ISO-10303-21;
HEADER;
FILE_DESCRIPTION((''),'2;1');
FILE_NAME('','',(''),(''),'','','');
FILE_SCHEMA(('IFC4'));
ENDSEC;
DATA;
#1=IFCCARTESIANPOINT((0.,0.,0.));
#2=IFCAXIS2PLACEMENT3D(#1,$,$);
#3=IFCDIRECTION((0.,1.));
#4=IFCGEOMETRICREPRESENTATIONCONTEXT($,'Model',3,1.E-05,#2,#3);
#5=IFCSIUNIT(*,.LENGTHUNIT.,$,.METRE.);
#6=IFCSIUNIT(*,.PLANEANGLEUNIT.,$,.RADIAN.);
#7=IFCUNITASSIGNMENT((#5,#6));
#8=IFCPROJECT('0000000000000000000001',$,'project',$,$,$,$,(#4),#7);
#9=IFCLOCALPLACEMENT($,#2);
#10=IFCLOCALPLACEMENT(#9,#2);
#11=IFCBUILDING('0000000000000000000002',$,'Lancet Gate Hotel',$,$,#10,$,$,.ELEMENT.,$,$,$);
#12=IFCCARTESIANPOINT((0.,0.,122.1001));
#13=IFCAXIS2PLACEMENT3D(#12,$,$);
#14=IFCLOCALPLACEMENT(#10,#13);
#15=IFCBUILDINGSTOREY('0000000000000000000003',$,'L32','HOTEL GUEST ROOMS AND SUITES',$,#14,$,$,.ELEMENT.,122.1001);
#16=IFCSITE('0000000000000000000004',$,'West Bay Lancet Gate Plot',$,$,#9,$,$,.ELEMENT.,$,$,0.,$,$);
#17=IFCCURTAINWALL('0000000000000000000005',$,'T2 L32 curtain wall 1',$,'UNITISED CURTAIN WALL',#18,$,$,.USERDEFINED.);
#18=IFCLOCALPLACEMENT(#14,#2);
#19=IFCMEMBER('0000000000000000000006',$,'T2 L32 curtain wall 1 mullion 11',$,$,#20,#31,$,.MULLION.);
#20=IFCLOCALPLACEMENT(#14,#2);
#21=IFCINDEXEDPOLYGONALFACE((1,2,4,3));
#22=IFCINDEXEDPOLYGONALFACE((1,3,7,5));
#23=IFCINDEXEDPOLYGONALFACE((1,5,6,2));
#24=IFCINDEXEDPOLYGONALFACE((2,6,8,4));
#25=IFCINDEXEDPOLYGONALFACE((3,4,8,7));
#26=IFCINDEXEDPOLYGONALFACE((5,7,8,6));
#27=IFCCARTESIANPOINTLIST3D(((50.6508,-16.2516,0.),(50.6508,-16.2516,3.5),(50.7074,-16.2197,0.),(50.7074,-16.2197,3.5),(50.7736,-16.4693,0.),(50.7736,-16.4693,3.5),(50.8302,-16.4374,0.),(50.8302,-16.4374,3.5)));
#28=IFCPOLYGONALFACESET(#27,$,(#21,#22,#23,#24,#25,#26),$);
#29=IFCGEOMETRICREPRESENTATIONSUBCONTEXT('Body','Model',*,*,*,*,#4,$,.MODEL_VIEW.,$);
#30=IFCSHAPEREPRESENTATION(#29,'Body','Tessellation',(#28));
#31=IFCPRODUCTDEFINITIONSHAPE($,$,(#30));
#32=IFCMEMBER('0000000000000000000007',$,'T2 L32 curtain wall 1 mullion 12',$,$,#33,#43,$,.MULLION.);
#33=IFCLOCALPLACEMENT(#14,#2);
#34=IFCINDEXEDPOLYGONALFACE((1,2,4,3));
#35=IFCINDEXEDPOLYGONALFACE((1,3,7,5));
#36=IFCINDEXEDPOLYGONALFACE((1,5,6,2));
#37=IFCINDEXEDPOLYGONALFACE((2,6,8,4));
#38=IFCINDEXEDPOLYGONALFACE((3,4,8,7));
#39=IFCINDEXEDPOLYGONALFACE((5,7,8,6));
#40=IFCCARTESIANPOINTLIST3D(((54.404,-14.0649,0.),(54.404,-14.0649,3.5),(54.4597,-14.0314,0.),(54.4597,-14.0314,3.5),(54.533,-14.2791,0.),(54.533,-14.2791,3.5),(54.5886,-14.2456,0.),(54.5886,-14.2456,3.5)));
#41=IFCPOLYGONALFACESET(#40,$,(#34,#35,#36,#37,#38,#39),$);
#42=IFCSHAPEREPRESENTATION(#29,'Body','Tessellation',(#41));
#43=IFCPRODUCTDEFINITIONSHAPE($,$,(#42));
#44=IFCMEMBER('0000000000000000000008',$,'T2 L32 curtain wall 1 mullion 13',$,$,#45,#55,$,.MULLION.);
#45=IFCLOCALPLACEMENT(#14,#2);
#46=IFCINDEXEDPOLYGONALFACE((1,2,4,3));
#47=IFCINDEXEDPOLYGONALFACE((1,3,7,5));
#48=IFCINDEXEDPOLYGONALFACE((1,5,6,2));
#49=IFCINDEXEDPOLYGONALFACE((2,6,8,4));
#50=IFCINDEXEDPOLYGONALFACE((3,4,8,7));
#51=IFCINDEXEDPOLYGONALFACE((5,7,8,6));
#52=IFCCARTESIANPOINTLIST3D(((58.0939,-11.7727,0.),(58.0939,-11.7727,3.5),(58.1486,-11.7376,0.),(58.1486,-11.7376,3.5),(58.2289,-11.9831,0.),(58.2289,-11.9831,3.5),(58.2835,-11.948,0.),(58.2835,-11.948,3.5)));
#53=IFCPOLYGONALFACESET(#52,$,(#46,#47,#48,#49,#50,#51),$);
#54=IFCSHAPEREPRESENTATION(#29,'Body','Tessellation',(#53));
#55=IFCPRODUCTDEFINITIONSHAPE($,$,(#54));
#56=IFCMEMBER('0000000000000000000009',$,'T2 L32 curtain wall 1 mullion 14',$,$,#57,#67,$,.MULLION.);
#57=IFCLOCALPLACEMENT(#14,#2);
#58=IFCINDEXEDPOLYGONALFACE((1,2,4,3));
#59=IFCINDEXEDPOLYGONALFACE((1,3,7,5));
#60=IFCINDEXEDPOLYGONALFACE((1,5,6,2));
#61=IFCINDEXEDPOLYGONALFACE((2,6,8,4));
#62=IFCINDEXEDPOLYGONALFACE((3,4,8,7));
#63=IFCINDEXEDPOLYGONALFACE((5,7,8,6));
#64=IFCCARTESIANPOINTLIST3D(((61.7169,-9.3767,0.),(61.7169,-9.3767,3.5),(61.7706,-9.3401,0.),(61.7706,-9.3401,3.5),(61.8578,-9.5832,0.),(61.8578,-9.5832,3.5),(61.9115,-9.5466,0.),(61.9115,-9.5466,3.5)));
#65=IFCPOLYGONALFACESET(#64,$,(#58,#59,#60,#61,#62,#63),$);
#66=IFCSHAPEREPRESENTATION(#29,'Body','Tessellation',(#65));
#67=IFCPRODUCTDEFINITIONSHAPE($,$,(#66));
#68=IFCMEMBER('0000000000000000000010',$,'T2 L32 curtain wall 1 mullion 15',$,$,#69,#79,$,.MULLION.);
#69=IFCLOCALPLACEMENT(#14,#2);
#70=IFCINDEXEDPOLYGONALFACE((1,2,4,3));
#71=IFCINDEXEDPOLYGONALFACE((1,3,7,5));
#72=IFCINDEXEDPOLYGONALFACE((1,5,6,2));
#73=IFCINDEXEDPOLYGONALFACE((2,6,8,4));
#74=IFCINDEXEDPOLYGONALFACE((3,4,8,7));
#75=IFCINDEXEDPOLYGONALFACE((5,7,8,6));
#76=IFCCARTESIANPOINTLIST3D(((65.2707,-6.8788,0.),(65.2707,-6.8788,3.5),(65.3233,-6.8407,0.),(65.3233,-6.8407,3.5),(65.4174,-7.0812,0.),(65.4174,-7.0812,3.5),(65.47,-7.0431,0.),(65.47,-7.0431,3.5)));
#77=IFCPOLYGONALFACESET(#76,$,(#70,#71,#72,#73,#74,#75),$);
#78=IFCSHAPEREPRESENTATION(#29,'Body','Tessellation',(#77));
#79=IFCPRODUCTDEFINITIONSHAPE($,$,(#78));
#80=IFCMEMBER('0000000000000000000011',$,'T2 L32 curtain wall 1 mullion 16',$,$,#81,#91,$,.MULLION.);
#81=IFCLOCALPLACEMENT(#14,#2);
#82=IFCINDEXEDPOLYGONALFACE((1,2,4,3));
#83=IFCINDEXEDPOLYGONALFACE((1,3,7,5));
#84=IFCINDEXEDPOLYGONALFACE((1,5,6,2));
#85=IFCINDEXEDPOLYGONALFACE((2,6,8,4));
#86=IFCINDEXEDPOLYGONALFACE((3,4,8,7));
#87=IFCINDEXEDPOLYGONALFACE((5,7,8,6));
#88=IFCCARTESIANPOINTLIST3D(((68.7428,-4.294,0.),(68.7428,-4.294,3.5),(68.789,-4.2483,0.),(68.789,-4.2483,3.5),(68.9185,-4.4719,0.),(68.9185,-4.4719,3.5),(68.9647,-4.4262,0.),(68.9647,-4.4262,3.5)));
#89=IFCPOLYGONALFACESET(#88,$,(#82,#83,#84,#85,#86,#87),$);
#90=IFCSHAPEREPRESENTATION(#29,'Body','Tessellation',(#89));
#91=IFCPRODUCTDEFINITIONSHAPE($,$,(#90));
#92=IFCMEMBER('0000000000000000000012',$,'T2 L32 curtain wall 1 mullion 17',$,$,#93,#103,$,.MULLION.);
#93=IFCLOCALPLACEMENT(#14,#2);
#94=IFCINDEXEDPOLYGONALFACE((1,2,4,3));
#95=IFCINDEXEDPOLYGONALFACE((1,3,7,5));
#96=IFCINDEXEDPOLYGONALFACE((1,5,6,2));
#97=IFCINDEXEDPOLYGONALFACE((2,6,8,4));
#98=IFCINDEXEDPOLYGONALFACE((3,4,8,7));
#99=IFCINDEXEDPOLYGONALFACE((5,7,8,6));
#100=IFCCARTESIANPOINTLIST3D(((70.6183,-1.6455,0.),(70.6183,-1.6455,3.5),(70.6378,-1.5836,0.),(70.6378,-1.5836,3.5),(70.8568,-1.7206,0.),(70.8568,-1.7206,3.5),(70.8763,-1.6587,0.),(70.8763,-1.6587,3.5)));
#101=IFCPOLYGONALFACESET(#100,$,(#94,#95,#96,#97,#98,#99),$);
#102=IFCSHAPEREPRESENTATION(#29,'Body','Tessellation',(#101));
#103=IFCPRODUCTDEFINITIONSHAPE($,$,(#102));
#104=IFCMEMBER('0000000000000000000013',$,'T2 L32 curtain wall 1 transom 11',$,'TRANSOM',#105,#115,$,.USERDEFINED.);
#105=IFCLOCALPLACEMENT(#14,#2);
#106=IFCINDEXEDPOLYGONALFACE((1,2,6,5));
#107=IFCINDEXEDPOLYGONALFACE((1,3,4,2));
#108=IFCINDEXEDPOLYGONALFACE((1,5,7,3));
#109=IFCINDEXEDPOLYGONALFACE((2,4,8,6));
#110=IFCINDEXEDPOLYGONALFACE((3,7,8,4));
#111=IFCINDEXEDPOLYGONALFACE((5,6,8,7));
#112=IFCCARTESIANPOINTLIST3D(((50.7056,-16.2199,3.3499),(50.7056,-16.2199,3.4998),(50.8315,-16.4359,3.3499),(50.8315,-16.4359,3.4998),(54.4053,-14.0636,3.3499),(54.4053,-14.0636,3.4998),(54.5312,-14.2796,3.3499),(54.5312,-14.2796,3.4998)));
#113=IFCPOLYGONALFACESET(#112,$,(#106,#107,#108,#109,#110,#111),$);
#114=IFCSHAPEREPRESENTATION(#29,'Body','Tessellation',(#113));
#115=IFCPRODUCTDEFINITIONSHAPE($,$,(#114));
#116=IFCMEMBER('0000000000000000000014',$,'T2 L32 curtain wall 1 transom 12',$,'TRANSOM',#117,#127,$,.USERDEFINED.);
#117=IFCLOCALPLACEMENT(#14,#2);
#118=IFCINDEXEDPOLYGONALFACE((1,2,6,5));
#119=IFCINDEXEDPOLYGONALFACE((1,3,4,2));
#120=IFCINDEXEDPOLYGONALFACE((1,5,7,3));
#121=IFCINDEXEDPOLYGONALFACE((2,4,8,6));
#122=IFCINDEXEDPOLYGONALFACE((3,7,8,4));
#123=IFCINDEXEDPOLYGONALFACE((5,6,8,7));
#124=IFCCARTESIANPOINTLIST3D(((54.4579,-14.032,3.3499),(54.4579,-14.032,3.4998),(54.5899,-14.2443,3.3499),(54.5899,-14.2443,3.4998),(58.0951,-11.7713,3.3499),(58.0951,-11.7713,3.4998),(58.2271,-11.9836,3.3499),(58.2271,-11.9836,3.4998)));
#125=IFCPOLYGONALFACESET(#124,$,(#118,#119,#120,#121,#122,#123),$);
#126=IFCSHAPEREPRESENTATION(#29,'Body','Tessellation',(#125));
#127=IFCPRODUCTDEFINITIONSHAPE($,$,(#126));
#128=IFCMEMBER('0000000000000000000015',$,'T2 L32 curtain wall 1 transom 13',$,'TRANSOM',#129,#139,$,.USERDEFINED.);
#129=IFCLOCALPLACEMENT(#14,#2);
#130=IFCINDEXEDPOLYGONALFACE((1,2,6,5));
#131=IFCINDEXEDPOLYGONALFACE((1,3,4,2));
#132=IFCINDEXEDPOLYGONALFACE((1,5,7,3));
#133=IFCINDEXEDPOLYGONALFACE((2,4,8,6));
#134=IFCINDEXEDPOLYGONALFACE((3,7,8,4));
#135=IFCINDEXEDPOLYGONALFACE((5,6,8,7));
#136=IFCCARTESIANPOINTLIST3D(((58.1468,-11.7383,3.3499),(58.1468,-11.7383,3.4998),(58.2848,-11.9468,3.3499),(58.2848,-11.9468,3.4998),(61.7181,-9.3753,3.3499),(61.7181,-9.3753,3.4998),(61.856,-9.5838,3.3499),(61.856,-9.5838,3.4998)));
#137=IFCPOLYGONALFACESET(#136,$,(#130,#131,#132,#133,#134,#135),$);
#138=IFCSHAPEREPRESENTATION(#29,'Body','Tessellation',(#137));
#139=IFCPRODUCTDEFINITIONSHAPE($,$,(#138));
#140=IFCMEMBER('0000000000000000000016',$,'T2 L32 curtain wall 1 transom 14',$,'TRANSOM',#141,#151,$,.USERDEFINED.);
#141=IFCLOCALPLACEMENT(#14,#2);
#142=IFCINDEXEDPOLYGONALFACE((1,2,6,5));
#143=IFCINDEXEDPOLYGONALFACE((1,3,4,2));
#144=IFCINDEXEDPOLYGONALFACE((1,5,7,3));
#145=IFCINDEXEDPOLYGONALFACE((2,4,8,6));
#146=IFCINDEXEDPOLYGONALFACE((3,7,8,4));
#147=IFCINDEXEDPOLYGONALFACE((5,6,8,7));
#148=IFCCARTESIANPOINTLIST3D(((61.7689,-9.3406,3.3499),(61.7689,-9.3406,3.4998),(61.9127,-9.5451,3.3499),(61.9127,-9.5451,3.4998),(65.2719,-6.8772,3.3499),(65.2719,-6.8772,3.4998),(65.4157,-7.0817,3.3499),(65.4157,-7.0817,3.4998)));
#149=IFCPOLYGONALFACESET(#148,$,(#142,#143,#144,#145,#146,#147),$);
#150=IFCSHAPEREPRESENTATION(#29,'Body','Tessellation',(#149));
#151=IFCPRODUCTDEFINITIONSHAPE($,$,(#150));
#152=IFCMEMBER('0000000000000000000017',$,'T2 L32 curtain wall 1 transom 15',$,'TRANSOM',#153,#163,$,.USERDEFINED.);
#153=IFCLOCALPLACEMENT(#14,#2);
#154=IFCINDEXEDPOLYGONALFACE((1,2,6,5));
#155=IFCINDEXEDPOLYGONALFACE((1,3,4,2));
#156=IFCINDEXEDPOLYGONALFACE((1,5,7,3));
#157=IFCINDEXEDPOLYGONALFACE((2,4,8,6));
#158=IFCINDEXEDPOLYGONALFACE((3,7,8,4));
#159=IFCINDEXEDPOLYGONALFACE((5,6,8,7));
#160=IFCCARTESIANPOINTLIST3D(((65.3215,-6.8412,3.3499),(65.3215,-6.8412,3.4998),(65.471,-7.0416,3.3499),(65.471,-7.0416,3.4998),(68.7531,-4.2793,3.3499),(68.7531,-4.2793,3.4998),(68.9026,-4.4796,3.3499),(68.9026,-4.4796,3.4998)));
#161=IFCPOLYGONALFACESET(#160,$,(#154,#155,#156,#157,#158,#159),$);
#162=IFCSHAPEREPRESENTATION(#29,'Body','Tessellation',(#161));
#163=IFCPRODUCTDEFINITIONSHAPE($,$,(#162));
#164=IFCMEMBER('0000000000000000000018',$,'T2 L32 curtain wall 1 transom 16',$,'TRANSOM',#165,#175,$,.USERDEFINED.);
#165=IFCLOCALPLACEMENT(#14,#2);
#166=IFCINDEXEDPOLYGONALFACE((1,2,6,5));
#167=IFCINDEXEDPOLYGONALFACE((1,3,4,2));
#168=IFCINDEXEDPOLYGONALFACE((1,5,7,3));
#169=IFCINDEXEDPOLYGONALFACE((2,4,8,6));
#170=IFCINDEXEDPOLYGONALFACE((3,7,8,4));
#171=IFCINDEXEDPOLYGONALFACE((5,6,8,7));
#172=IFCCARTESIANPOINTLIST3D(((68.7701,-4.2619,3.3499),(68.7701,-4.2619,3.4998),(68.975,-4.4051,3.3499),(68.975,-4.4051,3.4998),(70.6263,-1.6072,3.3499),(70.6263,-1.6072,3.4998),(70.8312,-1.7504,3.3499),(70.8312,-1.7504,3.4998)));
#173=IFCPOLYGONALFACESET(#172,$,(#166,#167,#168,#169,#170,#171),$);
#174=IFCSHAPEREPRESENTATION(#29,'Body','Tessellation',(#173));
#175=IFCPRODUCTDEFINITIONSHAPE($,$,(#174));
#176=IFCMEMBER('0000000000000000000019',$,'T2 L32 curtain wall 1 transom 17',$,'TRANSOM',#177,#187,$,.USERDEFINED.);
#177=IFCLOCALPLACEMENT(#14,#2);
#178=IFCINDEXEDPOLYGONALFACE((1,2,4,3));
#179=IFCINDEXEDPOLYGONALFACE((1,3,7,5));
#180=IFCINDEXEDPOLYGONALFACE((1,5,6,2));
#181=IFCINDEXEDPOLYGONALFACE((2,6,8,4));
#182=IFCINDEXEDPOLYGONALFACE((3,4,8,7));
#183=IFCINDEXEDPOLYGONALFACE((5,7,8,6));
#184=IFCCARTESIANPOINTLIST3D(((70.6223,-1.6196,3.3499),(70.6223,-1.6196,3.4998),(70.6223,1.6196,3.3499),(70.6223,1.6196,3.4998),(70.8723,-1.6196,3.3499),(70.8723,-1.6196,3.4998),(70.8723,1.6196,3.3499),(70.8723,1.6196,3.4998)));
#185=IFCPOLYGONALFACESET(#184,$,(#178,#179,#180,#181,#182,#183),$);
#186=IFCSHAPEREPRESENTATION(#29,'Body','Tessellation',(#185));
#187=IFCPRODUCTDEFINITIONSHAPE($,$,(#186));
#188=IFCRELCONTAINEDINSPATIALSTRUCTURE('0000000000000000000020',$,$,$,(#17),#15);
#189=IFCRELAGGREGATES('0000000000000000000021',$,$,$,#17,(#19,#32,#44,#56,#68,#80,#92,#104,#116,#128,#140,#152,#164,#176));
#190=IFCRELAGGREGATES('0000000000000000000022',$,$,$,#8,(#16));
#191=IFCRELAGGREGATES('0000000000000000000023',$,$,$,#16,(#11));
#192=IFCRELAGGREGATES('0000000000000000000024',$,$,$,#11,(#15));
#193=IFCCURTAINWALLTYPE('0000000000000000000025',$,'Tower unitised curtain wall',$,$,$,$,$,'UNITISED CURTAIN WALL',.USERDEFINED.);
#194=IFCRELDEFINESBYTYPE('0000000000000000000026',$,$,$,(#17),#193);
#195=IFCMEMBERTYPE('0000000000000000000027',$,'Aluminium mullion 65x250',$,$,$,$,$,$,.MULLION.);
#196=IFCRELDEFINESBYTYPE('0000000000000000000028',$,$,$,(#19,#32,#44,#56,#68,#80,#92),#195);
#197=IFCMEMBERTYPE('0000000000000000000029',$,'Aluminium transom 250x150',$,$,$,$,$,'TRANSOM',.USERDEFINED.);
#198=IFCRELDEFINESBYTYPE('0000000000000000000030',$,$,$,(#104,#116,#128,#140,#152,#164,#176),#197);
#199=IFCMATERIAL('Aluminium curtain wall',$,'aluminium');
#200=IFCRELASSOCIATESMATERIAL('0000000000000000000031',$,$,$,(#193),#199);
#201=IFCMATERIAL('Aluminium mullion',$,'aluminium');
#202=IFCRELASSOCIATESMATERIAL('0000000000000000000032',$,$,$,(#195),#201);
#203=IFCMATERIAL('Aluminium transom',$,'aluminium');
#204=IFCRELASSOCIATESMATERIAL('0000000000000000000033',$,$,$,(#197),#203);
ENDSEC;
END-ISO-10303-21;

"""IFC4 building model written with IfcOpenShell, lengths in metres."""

from ifc_helpers import new_model, si_unit, direction, frame, origin, origin_2d, place, context, subcontext, project, spatial, rectangle, extrude, material, material_profile, profile_set, type_object, element, aggregate, save


model = new_model("IFC4")

# Units and contexts
model_context = context("Model", 3, precision=1e-05, world=origin(), true_north=direction((0.0, 1.0)))
body_context = subcontext(model_context, "Body", "Model", "MODEL_VIEW")
ifc_project = project(units=[si_unit("LENGTHUNIT", "METRE"), si_unit("PLANEANGLEUNIT", "RADIAN")], contexts=[model_context])

# Site, building, storey
site_placement = place(None, origin())
site = spatial("IfcSite", under=ifc_project, at=site_placement, Name="West Bay Lancet Gate Plot", CompositionType="ELEMENT", RefElevation=0.0)
building_placement = place(site_placement, origin())
building = spatial("IfcBuilding", under=site, at=building_placement, Name="Lancet Gate Hotel", CompositionType="ELEMENT")
storey_placement = place(building_placement, frame((0.0, 0.0, 122.1001)))
storey = spatial("IfcBuildingStorey", under=building, at=storey_placement, Name="L32", Description="HOTEL GUEST ROOMS AND SUITES", CompositionType="ELEMENT", Elevation=122.1001)

# Curtain wall, members
ifc_material_1 = material(Name="Aluminium curtain wall", Category="aluminium")
curtain_wall_type = type_object("IfcCurtainWallType", Name="Tower unitised curtain wall", ElementType="UNITISED CURTAIN WALL", PredefinedType="USERDEFINED", material=ifc_material_1)
curtain_wall_placement = place(storey_placement, origin())
curtain_wall = element("IfcCurtainWall", 1, at=curtain_wall_placement, inside=storey, type_object=curtain_wall_type, Name="T2 L32 curtain wall 1", ObjectType="UNITISED CURTAIN WALL", PredefinedType="USERDEFINED")
ifc_material_2 = material(Name="Aluminium mullion", Category="aluminium")
ifc_material_profile_1 = material_profile(ifc_material_2, rectangle(XDim=0.0649, YDim=0.25, at=origin_2d()), Name="MULLION 65x250")
ifc_profile_set_1 = profile_set([ifc_material_profile_1], Name="Aluminium mullion")
member_type_1 = type_object("IfcMemberType", Name="Aluminium mullion 65x250", PredefinedType="MULLION", material=ifc_profile_set_1)
member_1_placement = place(storey_placement, frame((50.7405, -16.3445, 0.0), z_axis=(0.0, 0.0, 1.0), x_axis=(0.871029, 0.491232, 0.0)))
member_1 = element("IfcMember", 2, at=member_1_placement, type_object=member_type_1, Name="T2 L32 curtain wall 1 mullion 11", PredefinedType="MULLION", context=body_context, shape_type="SweptSolid", body=[
    extrude(rectangle(XDim=0.0649, YDim=0.25, at=origin_2d()), origin(), (0.0, 0.0, 1.0), 3.5),
])
member_2_placement = place(storey_placement, frame((54.4963, -14.1553, 0.0), z_axis=(0.0, 0.0, 1.0), x_axis=(0.856728, 0.515768, 0.0)))
member_2 = element("IfcMember", 3, at=member_2_placement, type_object=member_type_1, Name="T2 L32 curtain wall 1 mullion 12", PredefinedType="MULLION", context=body_context, shape_type="SweptSolid", body=[
    extrude(rectangle(XDim=0.0649, YDim=0.25, at=origin_2d()), origin(), (0.0, 0.0, 1.0), 3.5),
])
member_3_placement = place(storey_placement, frame((58.1887, -11.8604, 0.0), z_axis=(0.0, 0.0, 1.0), x_axis=(0.841736, 0.539889, 0.0)))
member_3 = element("IfcMember", 4, at=member_3_placement, type_object=member_type_1, Name="T2 L32 curtain wall 1 mullion 13", PredefinedType="MULLION", context=body_context, shape_type="SweptSolid", body=[
    extrude(rectangle(XDim=0.0649, YDim=0.25, at=origin_2d()), origin(), (0.0, 0.0, 1.0), 3.5),
])
member_4_placement = place(storey_placement, frame((61.8142, -9.4617, 0.0), z_axis=(0.0, 0.0, 1.0), x_axis=(0.826066, 0.563574, 0.0)))
member_4 = element("IfcMember", 5, at=member_4_placement, type_object=member_type_1, Name="T2 L32 curtain wall 1 mullion 14", PredefinedType="MULLION", context=body_context, shape_type="SweptSolid", body=[
    extrude(rectangle(XDim=0.0649, YDim=0.25, at=origin_2d()), origin(), (0.0, 0.0, 1.0), 3.5),
])
member_5_placement = place(storey_placement, frame((65.3704, -6.9609, 0.0), z_axis=(0.0, 0.0, 1.0), x_axis=(0.809729, 0.586805, 0.0)))
member_5 = element("IfcMember", 6, at=member_5_placement, type_object=member_type_1, Name="T2 L32 curtain wall 1 mullion 15", PredefinedType="MULLION", context=body_context, shape_type="SweptSolid", body=[
    extrude(rectangle(XDim=0.0649, YDim=0.25, at=origin_2d()), origin(), (0.0, 0.0, 1.0), 3.5),
])
member_6_placement = place(storey_placement, frame((68.8538, -4.3601, 0.0), z_axis=(0.0, 0.0, 1.0), x_axis=(0.71161, 0.702574, 0.0)))
member_6 = element("IfcMember", 7, at=member_6_placement, type_object=member_type_1, Name="T2 L32 curtain wall 1 mullion 16", PredefinedType="MULLION", context=body_context, shape_type="SweptSolid", body=[
    extrude(rectangle(XDim=0.0649, YDim=0.25, at=origin_2d()), origin(), (0.0, 0.0, 1.0), 3.5),
])
member_7_placement = place(storey_placement, frame((70.7473, -1.6521, 0.0), z_axis=(0.0, 0.0, 1.0), x_axis=(0.300385, 0.953818, 0.0)))
member_7 = element("IfcMember", 8, at=member_7_placement, type_object=member_type_1, Name="T2 L32 curtain wall 1 mullion 17", PredefinedType="MULLION", context=body_context, shape_type="SweptSolid", body=[
    extrude(rectangle(XDim=0.0649, YDim=0.25, at=origin_2d()), origin(), (0.0, 0.0, 1.0), 3.5),
])
ifc_material_3 = material(Name="Aluminium transom", Category="aluminium")
ifc_material_profile_2 = material_profile(ifc_material_3, rectangle(XDim=0.25, YDim=0.1499, at=origin_2d()), Name="TRANSOM 250x150")
ifc_profile_set_2 = profile_set([ifc_material_profile_2], Name="Aluminium transom")
member_type_2 = type_object("IfcMemberType", Name="Aluminium transom 250x150", ElementType="TRANSOM", PredefinedType="USERDEFINED", material=ifc_profile_set_2)
member_8_placement = place(storey_placement, frame((50.7686, -16.3279, 3.4248), z_axis=(0.863973, 0.503538, 0.0), x_axis=(-0.503538, 0.863973, 0.0)))
member_8 = element("IfcMember", 9, at=member_8_placement, type_object=member_type_2, Name="T2 L32 curtain wall 1 transom 11", ObjectType="TRANSOM", PredefinedType="USERDEFINED", context=body_context, shape_type="SweptSolid", body=[
    extrude(rectangle(XDim=0.25, YDim=0.1499, at=origin_2d()), origin(), (0.0, 0.0, 1.0), 4.2822),
])
member_9_placement = place(storey_placement, frame((54.5239, -14.1382, 3.4248), z_axis=(0.849309, 0.527896, 0.0), x_axis=(-0.527896, 0.849309, 0.0)))
member_9 = element("IfcMember", 10, at=member_9_placement, type_object=member_type_2, Name="T2 L32 curtain wall 1 transom 12", ObjectType="TRANSOM", PredefinedType="USERDEFINED", context=body_context, shape_type="SweptSolid", body=[
    extrude(rectangle(XDim=0.25, YDim=0.1499, at=origin_2d()), origin(), (0.0, 0.0, 1.0), 4.2825),
])
member_10_placement = place(storey_placement, frame((58.2158, -11.8425, 3.4248), z_axis=(0.833966, 0.551816, 0.0), x_axis=(-0.551816, 0.833966, 0.0)))
member_10 = element("IfcMember", 11, at=member_10_placement, type_object=member_type_2, Name="T2 L32 curtain wall 1 transom 13", ObjectType="TRANSOM", PredefinedType="USERDEFINED", context=body_context, shape_type="SweptSolid", body=[
    extrude(rectangle(XDim=0.25, YDim=0.1499, at=origin_2d()), origin(), (0.0, 0.0, 1.0), 4.2822),
])
member_11_placement = place(storey_placement, frame((61.8408, -9.4429, 3.4248), z_axis=(0.817987, 0.575236, 0.0), x_axis=(-0.575236, 0.817987, 0.0)))
member_11 = element("IfcMember", 12, at=member_11_placement, type_object=member_type_2, Name="T2 L32 curtain wall 1 transom 14", ObjectType="TRANSOM", PredefinedType="USERDEFINED", context=body_context, shape_type="SweptSolid", body=[
    extrude(rectangle(XDim=0.25, YDim=0.1499, at=origin_2d()), origin(), (0.0, 0.0, 1.0), 4.2825),
])
member_12_placement = place(storey_placement, frame((65.3962, -6.9414, 3.4248), z_axis=(0.801312, 0.598247, 0.0), x_axis=(-0.598247, 0.801312, 0.0)))
member_12 = element("IfcMember", 13, at=member_12_placement, type_object=member_type_2, Name="T2 L32 curtain wall 1 transom 15", ObjectType="TRANSOM", PredefinedType="USERDEFINED", context=body_context, shape_type="SweptSolid", body=[
    extrude(rectangle(XDim=0.25, YDim=0.1499, at=origin_2d()), origin(), (0.0, 0.0, 1.0), 4.2825),
])
member_13_placement = place(storey_placement, frame((68.8726, -4.3335, 3.4248), z_axis=(0.573017, 0.819543, 0.0), x_axis=(-0.819543, 0.573017, 0.0)))
member_13 = element("IfcMember", 14, at=member_13_placement, type_object=member_type_2, Name="T2 L32 curtain wall 1 transom 16", ObjectType="TRANSOM", PredefinedType="USERDEFINED", context=body_context, shape_type="SweptSolid", body=[
    extrude(rectangle(XDim=0.25, YDim=0.1499, at=origin_2d()), origin(), (0.0, 0.0, 1.0), 3.2393),
])
member_14_placement = place(storey_placement, frame((70.7473, -1.6196, 3.4248), z_axis=(0.0, 1.0, 0.0), x_axis=(-1.0, 0.0, 0.0)))
member_14 = element("IfcMember", 15, at=member_14_placement, type_object=member_type_2, Name="T2 L32 curtain wall 1 transom 17", ObjectType="TRANSOM", PredefinedType="USERDEFINED", context=body_context, shape_type="SweptSolid", body=[
    extrude(rectangle(XDim=0.25, YDim=0.1499, at=origin_2d()), origin(), (0.0, 0.0, 1.0), 3.2393),
])

aggregate(curtain_wall, [member_1, member_2, member_3, member_4, member_5, member_6, member_7, member_8, member_9, member_10, member_11, member_12, member_13, member_14])

save(model, "model.ifc")
